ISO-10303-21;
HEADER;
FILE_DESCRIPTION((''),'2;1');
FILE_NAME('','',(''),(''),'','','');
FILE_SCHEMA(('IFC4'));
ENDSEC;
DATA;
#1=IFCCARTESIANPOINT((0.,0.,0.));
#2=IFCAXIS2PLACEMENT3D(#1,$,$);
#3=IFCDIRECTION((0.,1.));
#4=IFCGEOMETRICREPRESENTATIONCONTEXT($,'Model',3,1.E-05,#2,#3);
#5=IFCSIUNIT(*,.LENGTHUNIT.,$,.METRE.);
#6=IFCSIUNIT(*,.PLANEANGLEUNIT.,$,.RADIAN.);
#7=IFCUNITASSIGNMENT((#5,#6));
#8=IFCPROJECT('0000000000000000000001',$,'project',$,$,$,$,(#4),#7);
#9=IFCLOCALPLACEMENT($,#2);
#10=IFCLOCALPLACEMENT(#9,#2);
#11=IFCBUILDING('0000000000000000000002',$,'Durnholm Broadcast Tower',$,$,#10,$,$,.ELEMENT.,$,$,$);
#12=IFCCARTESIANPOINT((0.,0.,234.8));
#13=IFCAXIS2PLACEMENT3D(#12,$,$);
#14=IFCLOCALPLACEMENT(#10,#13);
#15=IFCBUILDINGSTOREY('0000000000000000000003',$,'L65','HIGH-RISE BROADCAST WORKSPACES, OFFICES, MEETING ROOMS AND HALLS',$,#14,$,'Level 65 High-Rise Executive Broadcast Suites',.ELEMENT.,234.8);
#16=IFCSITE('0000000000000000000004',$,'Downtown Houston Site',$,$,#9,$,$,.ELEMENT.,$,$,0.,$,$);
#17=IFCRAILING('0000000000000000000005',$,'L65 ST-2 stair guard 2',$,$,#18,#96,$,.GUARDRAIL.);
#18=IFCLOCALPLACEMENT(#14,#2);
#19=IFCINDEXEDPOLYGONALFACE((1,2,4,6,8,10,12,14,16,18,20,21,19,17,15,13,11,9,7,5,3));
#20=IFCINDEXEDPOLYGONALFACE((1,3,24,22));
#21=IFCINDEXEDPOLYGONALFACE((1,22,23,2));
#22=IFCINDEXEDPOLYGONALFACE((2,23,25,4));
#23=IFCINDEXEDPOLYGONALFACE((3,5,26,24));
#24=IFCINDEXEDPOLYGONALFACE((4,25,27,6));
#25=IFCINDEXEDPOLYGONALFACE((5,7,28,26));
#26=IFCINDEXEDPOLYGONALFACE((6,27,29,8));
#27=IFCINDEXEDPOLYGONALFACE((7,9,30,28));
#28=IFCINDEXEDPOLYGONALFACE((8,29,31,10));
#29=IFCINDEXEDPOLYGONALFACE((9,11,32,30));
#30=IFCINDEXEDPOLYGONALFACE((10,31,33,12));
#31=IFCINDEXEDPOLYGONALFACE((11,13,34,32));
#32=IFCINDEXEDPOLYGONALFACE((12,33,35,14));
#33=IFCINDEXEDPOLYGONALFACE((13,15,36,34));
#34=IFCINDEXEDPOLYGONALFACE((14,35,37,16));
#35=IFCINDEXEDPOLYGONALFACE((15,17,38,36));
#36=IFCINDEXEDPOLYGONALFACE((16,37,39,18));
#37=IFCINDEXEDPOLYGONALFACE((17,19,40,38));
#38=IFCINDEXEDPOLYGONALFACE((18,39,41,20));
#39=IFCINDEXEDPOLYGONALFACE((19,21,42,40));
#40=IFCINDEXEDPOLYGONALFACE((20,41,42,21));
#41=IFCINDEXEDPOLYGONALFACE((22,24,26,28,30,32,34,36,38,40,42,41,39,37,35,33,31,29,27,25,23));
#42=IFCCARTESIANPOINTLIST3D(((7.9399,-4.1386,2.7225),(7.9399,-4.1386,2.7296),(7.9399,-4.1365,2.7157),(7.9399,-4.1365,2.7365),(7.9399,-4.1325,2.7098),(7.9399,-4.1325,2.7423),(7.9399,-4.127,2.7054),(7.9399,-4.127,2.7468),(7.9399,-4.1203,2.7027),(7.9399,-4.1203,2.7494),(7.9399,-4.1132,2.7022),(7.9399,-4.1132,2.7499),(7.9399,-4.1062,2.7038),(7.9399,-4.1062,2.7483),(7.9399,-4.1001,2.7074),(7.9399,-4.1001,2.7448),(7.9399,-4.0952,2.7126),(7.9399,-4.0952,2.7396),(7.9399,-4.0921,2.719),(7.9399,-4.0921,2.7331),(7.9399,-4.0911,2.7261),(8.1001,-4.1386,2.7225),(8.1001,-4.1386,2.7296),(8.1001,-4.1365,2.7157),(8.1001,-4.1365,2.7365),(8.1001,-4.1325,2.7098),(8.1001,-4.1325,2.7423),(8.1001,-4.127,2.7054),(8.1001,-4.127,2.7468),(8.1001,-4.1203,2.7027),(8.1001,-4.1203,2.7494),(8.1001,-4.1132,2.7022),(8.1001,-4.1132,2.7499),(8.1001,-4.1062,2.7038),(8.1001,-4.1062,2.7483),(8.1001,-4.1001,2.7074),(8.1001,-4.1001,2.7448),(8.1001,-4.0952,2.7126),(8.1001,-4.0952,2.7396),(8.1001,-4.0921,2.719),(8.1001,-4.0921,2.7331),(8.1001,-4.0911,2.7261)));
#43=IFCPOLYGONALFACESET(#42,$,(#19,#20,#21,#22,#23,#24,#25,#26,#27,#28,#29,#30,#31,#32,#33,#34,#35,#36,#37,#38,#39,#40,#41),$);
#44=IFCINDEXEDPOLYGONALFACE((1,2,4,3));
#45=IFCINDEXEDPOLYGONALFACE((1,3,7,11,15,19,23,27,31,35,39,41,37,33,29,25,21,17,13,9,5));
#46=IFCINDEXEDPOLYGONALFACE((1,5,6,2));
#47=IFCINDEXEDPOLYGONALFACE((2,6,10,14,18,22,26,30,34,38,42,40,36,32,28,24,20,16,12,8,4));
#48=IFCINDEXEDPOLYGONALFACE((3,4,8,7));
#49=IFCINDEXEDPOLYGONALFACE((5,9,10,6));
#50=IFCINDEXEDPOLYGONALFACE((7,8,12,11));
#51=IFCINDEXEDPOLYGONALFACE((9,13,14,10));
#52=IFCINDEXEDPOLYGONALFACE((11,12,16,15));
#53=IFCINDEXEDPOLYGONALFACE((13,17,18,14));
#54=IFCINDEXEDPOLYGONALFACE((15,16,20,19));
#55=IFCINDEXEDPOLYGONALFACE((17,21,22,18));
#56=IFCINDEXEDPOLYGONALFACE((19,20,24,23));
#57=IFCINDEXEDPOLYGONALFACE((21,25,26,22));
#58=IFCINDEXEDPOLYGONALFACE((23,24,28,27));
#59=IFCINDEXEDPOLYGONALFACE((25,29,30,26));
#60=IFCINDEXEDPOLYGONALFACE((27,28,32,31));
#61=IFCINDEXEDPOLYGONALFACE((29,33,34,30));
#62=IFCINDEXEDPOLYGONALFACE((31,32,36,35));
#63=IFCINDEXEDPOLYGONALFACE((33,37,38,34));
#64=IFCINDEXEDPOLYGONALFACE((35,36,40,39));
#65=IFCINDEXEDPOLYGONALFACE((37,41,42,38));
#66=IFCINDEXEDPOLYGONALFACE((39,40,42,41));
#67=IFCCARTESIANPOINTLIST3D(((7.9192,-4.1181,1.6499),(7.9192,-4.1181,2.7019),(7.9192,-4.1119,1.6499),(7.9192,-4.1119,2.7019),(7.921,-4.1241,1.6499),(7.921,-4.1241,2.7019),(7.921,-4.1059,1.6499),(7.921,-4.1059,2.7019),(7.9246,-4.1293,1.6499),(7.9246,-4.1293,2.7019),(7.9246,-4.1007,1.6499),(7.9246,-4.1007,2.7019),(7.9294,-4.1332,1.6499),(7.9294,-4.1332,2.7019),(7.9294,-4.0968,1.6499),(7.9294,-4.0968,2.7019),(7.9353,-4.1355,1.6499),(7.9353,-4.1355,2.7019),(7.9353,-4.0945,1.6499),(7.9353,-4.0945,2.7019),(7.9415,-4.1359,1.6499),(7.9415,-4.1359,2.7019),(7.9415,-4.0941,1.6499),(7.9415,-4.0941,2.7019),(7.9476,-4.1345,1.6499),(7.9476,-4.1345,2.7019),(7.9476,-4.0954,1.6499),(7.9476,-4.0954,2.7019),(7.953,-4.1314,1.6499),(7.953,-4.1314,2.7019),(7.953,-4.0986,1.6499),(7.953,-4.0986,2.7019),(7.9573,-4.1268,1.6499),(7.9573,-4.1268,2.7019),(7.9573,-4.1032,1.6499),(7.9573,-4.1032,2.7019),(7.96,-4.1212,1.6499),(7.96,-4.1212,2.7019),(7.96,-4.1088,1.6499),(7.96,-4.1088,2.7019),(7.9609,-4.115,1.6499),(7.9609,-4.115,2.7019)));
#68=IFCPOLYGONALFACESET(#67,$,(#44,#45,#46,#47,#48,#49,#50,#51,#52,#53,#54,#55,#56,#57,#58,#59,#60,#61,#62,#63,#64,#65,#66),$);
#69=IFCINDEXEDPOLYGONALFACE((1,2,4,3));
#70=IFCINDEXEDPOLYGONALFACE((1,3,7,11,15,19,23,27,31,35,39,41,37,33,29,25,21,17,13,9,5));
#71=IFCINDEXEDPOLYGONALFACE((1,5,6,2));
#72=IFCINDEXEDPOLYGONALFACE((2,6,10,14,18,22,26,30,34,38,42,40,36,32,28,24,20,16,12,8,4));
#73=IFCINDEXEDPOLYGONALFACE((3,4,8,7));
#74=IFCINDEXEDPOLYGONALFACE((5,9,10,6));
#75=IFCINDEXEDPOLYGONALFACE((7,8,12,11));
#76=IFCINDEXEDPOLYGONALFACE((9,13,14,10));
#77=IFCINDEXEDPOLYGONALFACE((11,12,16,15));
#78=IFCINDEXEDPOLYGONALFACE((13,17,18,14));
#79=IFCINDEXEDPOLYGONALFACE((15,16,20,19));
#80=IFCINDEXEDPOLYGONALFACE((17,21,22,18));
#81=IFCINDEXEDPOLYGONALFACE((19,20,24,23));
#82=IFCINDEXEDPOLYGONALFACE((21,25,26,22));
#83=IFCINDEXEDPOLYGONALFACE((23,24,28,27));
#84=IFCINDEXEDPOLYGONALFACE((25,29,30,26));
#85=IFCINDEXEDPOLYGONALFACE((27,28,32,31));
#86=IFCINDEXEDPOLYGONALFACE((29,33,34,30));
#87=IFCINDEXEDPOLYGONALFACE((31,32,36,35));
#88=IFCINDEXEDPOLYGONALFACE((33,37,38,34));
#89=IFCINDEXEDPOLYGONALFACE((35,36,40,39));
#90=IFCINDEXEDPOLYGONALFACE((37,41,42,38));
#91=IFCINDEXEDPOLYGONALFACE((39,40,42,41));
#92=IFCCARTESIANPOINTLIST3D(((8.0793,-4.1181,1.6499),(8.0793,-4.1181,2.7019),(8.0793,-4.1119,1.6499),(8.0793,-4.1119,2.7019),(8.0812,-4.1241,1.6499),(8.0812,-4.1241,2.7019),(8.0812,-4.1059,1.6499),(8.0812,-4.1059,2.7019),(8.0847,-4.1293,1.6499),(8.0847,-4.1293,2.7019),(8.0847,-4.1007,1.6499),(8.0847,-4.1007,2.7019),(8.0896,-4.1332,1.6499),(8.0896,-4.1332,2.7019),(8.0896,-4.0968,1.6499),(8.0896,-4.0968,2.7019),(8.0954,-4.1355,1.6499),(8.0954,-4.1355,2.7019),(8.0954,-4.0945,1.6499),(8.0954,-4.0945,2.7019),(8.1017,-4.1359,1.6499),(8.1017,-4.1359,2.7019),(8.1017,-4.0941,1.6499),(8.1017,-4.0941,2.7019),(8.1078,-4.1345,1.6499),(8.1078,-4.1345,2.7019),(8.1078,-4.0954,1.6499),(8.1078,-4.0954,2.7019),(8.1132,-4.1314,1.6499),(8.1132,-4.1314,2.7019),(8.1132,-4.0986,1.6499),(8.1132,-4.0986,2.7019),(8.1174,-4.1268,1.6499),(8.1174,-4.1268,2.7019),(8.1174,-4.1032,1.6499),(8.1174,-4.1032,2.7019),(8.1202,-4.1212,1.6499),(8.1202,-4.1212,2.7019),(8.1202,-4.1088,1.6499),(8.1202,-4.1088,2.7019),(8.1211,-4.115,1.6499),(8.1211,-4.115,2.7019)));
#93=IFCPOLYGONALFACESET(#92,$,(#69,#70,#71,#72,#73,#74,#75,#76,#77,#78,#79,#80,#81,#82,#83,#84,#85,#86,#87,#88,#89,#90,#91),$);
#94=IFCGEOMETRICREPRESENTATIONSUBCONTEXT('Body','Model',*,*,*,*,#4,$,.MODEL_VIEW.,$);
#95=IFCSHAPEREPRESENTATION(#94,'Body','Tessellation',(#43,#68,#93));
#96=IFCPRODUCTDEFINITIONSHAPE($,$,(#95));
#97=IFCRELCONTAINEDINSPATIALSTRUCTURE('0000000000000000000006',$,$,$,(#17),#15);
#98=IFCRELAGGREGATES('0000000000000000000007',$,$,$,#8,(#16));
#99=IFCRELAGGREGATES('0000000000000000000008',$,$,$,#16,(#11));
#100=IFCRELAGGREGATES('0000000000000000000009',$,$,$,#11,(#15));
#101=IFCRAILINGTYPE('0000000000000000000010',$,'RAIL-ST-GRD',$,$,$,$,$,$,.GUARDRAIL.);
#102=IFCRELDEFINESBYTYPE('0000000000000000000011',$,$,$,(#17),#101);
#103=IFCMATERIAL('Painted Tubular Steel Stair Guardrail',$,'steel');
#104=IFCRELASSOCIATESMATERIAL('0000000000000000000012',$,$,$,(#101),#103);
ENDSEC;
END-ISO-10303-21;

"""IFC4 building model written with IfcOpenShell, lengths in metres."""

from ifc_helpers import new_model, si_unit, direction, frame, origin, origin_2d, place, context, subcontext, project, spatial, circle, extrude, material, type_object, element, save


model = new_model("IFC4")

# Units and contexts
model_context = context("Model", 3, precision=1e-05, world=origin(), true_north=direction((0.0, 1.0)))
body_context = subcontext(model_context, "Body", "Model", "MODEL_VIEW")
ifc_project = project(units=[si_unit("LENGTHUNIT", "METRE"), si_unit("PLANEANGLEUNIT", "RADIAN")], contexts=[model_context])

# Site, building, storey
site_placement = place(None, origin())
site = spatial("IfcSite", under=ifc_project, at=site_placement, Name="Downtown Houston Site", CompositionType="ELEMENT", RefElevation=0.0)
building_placement = place(site_placement, origin())
building = spatial("IfcBuilding", under=site, at=building_placement, Name="Durnholm Broadcast Tower", CompositionType="ELEMENT")
storey_placement = place(building_placement, frame((0.0, 0.0, 234.8)))
storey = spatial("IfcBuildingStorey", under=building, at=storey_placement, Name="L65", Description="HIGH-RISE BROADCAST WORKSPACES, OFFICES, MEETING ROOMS AND HALLS", LongName="Level 65 High-Rise Executive Broadcast Suites", CompositionType="ELEMENT", Elevation=234.8)

# Railing
ifc_material_1 = material(Name="Painted Tubular Steel Stair Guardrail", Category="steel")
railing_type_1 = type_object("IfcRailingType", Name="RAIL-ST-GRD", PredefinedType="GUARDRAIL", material=ifc_material_1)
railing_1_placement = place(storey_placement, frame((7.9399, -4.115, 1.6499)))
element("IfcRailing", 1, at=railing_1_placement, inside=storey, type_object=railing_type_1, Name="L65 ST-2 stair guard 2", PredefinedType="GUARDRAIL", context=body_context, shape_type="SweptSolid", body=[
    extrude(circle(Radius=0.0239, at=origin_2d()), frame((0.0, 0.0, 1.0762), z_axis=(1.0, 0.0, 0.0), x_axis=(0.0, 1.0, 0.0)), (0.0, 0.0, 1.0), 0.1602),
    extrude(circle(Radius=0.021, at=origin_2d()), origin(), (0.0, 0.0, 1.0), 1.052),
    extrude(circle(Radius=0.021, at=origin_2d()), frame((0.1602, 0.0, 0.0)), (0.0, 0.0, 1.0), 1.052),
])

save(model, "model.ifc")
